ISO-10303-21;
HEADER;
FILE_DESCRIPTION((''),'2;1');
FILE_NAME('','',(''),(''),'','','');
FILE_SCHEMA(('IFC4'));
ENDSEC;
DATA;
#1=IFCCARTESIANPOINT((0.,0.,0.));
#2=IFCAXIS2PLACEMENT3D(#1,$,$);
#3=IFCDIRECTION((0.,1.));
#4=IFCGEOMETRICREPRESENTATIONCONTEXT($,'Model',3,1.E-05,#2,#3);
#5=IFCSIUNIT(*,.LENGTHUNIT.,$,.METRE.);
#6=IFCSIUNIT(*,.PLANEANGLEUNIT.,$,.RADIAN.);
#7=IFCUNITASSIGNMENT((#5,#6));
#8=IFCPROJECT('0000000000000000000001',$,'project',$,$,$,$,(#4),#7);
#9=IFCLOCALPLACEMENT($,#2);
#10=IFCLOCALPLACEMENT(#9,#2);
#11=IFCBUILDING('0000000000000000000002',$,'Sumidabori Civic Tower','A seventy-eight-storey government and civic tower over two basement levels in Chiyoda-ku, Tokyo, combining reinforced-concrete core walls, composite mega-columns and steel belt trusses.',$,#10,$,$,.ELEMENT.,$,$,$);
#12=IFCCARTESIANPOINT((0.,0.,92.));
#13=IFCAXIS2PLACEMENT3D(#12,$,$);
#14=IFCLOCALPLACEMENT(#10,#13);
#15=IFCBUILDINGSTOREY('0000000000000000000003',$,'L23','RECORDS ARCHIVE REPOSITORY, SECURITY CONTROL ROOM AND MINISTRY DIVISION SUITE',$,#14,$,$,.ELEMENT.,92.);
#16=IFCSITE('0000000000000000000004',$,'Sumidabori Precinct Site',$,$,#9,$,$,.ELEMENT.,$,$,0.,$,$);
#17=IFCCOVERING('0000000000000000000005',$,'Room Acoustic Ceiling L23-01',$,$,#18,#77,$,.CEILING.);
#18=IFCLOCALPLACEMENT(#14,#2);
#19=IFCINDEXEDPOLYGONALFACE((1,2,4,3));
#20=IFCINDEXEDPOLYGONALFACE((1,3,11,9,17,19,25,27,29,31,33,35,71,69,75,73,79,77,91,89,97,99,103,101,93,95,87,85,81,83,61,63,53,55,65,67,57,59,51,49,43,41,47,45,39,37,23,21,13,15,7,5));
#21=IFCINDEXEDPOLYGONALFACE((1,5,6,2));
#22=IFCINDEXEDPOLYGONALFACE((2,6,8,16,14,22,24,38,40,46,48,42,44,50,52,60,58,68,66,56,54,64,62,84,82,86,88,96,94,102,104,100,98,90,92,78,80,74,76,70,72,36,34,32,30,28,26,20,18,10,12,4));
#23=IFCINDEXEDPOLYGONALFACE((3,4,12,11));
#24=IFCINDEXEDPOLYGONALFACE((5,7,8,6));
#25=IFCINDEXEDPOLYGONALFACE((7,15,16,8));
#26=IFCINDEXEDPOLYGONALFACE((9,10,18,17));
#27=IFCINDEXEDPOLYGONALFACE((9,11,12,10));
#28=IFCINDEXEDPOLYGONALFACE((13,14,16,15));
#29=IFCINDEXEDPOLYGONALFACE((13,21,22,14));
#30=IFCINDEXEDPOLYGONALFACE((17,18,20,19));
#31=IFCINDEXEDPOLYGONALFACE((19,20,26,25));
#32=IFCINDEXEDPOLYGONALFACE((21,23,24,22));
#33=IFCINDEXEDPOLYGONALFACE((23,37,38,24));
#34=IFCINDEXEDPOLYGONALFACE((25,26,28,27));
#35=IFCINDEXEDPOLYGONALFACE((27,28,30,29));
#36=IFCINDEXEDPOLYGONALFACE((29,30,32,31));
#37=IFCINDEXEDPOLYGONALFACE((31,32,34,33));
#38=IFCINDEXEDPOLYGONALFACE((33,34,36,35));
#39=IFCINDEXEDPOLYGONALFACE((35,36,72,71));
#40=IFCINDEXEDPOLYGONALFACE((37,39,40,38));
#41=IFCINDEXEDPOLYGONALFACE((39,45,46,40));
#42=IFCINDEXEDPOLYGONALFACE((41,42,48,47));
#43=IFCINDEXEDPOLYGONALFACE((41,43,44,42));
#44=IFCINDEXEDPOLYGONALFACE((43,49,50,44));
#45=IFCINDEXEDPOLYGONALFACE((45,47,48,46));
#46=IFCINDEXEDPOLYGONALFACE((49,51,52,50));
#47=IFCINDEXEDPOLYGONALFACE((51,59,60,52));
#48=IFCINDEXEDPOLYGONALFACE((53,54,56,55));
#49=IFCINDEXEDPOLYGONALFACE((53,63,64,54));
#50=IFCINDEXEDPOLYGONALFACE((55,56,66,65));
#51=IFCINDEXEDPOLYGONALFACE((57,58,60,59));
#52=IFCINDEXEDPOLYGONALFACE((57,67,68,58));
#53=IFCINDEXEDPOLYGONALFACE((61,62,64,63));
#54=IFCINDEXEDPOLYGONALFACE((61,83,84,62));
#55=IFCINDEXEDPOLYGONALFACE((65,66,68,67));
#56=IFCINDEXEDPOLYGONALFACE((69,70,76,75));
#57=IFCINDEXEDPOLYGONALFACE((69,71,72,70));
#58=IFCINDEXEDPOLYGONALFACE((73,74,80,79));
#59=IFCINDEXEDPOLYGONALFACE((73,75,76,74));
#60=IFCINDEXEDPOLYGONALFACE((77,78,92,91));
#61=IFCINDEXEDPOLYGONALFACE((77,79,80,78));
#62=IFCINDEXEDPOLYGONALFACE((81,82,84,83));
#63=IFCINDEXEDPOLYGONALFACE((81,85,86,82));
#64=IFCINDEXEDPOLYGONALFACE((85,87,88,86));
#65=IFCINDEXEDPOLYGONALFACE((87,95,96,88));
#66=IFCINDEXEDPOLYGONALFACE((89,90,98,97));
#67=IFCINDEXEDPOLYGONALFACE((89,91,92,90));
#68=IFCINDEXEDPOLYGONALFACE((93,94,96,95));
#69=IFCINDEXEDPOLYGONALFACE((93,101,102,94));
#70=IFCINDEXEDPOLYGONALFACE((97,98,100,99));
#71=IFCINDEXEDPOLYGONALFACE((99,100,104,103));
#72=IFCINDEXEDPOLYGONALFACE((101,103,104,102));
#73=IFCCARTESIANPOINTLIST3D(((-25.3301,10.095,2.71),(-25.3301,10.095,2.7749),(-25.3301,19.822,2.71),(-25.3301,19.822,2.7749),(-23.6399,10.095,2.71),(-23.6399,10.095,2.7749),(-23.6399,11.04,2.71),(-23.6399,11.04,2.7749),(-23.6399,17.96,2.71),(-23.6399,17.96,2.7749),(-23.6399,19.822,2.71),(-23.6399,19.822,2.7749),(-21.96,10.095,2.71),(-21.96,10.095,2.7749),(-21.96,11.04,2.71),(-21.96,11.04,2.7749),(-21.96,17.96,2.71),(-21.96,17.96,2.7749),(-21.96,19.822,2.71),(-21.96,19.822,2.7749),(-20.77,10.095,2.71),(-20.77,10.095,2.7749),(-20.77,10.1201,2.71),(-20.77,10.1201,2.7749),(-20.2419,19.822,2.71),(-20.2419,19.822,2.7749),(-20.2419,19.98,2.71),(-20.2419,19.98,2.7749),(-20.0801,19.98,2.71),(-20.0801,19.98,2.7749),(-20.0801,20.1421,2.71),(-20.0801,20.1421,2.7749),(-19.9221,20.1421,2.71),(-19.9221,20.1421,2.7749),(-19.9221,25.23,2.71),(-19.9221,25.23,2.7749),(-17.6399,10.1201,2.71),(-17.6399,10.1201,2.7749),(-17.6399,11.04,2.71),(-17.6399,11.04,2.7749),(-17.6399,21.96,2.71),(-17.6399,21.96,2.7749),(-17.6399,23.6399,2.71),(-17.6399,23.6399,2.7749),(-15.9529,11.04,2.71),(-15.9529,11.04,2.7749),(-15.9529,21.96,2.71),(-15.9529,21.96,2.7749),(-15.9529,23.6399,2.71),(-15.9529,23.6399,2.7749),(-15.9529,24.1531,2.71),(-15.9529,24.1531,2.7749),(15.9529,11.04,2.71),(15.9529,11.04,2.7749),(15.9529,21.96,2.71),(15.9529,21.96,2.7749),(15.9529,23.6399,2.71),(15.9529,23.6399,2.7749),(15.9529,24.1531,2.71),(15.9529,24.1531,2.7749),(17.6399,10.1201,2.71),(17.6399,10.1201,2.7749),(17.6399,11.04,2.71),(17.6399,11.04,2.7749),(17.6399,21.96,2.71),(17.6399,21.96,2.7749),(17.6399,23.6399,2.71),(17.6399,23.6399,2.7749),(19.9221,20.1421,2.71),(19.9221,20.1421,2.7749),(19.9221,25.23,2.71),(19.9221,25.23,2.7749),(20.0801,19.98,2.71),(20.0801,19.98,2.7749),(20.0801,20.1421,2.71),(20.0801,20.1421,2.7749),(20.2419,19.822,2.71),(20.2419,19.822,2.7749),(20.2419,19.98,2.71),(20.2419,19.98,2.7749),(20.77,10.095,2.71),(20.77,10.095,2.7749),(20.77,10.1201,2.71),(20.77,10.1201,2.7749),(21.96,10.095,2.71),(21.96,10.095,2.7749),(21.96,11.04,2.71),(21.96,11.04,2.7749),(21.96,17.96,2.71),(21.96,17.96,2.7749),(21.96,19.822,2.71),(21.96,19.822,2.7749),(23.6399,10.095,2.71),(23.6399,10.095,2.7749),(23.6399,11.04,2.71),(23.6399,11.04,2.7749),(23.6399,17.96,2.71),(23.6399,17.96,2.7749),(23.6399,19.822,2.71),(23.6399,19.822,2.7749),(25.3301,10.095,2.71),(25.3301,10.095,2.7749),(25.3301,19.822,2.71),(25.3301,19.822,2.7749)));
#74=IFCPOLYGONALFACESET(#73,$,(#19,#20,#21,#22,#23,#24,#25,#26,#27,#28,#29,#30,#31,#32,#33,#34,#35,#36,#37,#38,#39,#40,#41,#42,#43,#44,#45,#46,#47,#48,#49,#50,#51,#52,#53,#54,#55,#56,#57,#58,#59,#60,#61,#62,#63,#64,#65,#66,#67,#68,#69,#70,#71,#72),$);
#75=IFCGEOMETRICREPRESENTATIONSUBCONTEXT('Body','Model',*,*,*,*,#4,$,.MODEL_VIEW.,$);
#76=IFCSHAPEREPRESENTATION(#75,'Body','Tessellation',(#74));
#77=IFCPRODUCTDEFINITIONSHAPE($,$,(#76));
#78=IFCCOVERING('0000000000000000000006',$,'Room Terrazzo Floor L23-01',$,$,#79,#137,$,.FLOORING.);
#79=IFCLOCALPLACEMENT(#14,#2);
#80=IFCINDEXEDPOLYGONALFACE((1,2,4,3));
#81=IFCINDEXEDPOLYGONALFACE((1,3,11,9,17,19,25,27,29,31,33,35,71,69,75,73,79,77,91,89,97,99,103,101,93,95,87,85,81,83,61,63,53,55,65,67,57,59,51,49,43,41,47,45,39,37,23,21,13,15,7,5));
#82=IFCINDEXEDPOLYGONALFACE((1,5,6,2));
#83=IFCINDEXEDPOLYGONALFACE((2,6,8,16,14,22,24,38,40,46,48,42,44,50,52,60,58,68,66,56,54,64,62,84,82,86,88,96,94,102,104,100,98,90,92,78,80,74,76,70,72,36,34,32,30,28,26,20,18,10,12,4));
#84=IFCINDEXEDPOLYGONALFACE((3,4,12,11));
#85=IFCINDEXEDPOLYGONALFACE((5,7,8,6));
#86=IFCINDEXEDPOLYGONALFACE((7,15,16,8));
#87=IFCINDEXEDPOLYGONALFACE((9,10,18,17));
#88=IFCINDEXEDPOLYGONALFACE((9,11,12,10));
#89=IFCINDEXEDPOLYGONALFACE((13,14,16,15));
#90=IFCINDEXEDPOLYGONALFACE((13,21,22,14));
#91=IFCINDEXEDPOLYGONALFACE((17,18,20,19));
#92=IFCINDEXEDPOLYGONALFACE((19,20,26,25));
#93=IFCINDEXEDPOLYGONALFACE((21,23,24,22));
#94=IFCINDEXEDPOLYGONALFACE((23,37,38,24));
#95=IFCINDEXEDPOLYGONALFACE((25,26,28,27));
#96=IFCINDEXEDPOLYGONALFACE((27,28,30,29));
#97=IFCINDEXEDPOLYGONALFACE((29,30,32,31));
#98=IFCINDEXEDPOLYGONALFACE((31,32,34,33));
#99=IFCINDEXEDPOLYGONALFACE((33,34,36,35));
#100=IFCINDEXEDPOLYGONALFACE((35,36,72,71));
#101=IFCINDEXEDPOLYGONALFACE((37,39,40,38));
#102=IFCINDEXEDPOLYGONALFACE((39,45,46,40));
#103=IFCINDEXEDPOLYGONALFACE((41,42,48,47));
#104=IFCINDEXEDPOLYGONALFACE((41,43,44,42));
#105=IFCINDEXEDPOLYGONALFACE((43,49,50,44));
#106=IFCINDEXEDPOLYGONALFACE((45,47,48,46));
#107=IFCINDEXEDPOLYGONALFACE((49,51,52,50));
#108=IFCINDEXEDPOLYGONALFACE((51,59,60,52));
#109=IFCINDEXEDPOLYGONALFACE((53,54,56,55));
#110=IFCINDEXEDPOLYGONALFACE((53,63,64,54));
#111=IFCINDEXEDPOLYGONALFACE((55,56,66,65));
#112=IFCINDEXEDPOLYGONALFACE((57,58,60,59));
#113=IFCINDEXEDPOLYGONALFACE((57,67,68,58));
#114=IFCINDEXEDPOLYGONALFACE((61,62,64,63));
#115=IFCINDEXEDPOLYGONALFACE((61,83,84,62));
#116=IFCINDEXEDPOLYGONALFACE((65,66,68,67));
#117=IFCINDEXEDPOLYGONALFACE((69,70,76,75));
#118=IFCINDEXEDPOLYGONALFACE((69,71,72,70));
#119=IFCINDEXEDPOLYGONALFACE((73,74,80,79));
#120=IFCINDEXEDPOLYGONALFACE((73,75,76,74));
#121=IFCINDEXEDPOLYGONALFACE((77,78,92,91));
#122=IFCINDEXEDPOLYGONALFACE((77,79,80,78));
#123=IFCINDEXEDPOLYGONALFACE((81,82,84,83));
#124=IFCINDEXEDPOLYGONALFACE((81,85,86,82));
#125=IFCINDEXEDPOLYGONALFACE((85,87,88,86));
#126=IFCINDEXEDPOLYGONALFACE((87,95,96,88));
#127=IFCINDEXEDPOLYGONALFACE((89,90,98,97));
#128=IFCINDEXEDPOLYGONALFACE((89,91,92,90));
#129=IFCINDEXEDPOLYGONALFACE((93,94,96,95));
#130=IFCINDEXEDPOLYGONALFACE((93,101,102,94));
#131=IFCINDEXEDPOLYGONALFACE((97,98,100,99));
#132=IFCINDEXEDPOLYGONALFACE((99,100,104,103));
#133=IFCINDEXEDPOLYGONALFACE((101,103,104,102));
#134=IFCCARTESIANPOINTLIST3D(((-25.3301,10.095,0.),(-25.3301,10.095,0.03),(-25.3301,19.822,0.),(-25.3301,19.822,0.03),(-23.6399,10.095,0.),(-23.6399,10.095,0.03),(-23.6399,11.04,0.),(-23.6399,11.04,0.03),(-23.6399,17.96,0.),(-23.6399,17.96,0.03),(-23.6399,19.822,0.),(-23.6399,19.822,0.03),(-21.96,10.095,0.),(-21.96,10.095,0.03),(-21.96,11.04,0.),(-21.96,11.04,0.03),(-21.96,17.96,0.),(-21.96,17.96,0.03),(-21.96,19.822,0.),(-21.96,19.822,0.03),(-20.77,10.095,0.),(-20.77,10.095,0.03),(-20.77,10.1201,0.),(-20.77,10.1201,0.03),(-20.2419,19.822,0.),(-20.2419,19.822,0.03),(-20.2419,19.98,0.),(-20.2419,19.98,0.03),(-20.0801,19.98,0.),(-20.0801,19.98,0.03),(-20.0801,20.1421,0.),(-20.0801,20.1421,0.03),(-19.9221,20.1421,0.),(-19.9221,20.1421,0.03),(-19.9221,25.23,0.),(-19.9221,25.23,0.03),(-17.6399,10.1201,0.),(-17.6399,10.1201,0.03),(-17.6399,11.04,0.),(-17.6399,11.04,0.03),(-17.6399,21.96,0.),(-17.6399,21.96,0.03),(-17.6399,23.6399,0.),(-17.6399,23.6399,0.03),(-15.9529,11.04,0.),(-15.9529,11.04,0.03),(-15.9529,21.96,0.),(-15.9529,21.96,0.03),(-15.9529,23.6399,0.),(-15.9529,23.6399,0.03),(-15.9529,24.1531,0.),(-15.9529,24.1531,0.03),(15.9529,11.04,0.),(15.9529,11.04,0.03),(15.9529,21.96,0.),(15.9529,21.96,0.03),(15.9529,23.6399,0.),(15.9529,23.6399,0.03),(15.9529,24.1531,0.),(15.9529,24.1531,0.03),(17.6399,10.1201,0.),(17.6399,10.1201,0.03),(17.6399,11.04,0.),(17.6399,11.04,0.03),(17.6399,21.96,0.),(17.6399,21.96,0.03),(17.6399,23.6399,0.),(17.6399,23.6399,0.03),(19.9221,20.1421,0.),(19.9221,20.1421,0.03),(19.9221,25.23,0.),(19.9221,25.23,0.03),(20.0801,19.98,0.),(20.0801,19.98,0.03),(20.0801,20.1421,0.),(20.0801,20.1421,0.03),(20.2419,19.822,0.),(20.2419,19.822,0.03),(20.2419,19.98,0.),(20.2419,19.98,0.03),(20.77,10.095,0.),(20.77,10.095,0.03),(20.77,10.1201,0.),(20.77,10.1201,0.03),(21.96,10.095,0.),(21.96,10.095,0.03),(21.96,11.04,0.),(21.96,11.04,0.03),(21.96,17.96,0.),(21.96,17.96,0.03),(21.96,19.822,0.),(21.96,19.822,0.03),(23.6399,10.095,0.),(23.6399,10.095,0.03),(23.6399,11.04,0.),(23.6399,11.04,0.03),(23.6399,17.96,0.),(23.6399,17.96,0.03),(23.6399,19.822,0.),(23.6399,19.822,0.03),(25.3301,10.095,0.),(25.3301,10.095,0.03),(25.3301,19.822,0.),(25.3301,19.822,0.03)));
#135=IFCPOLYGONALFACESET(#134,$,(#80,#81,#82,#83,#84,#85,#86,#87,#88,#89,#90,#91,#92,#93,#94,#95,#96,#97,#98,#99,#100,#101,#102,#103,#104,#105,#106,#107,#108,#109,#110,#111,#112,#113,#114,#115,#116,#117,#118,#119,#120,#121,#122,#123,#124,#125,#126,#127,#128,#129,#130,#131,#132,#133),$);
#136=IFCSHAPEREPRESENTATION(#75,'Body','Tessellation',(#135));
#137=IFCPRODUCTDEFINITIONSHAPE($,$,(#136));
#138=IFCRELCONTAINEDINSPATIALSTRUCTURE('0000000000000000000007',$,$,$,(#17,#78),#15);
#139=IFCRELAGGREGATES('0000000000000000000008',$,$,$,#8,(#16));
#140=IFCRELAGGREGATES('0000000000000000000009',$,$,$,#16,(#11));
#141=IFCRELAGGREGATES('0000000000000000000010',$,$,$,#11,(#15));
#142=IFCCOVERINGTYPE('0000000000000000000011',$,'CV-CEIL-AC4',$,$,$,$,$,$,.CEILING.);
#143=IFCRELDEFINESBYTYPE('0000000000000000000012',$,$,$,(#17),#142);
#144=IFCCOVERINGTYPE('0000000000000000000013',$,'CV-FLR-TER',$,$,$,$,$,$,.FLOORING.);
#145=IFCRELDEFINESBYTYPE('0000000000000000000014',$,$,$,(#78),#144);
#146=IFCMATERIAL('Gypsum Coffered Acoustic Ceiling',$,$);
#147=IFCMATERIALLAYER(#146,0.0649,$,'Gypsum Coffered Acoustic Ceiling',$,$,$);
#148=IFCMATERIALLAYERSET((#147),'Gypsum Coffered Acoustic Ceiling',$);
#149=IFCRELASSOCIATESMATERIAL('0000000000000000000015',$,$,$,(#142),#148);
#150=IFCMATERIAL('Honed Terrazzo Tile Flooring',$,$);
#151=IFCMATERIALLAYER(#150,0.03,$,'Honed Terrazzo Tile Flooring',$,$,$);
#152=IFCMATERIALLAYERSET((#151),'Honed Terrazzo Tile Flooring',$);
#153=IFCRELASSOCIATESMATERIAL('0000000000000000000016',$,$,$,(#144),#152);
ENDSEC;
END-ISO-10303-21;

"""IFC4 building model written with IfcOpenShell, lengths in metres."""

from ifc_helpers import new_model, si_unit, direction, frame, origin, place, context, subcontext, project, spatial, polyline, outline, extrude, material, layer, layer_set, type_object, element, save


model = new_model("IFC4")

# Units and contexts
model_context = context("Model", 3, precision=1e-05, world=origin(), true_north=direction((0.0, 1.0)))
body_context = subcontext(model_context, "Body", "Model", "MODEL_VIEW")
ifc_project = project(units=[si_unit("LENGTHUNIT", "METRE"), si_unit("PLANEANGLEUNIT", "RADIAN")], contexts=[model_context])

# Site, building, storey
site_placement = place(None, origin())
site = spatial("IfcSite", under=ifc_project, at=site_placement, Name="Sumidabori Precinct Site", CompositionType="ELEMENT", RefElevation=0.0)
building_placement = place(site_placement, origin())
building = spatial("IfcBuilding", under=site, at=building_placement, Name="Sumidabori Civic Tower", Description="A seventy-eight-storey government and civic tower over two basement levels in Chiyoda-ku, Tokyo, combining reinforced-concrete core walls, composite mega-columns and steel belt trusses.", CompositionType="ELEMENT")
storey_placement = place(building_placement, frame((0.0, 0.0, 92.0)))
storey = spatial("IfcBuildingStorey", under=building, at=storey_placement, Name="L23", Description="RECORDS ARCHIVE REPOSITORY, SECURITY CONTROL ROOM AND MINISTRY DIVISION SUITE", CompositionType="ELEMENT", Elevation=92.0)

# Coverings
ifc_material_1 = material(Name="Gypsum Coffered Acoustic Ceiling")
ifc_layer_1 = layer(ifc_material_1, 0.0649, Name="Gypsum Coffered Acoustic Ceiling")
ifc_layer_set_1 = layer_set([ifc_layer_1], Name="Gypsum Coffered Acoustic Ceiling")
covering_type_1 = type_object("IfcCoveringType", Name="CV-CEIL-AC4", PredefinedType="CEILING", material=ifc_layer_set_1)
covering_1_placement = place(storey_placement, frame((0.0, 0.0, 2.71)))
element("IfcCovering", 1, at=covering_1_placement, inside=storey, type_object=covering_type_1, Name="Room Acoustic Ceiling L23-01", PredefinedType="CEILING", context=body_context, shape_type="SweptSolid", body=[
    extrude(outline(polyline([(-25.3301, 10.095), (-25.3301, 19.822), (-23.6399, 19.822), (-23.6399, 17.96), (-21.96, 17.96), (-21.96, 19.822), (-20.2419, 19.822), (-20.2419, 19.98), (-20.0801, 19.98), (-20.0801, 20.1421), (-19.9221, 20.1421), (-19.9221, 25.23), (19.9221, 25.23), (19.9221, 20.1421), (20.0801, 20.1421), (20.0801, 19.98), (20.2419, 19.98), (20.2419, 19.822), (21.96, 19.822), (21.96, 17.96), (23.6399, 17.96), (23.6399, 19.822), (25.3301, 19.822), (25.3301, 10.095), (23.6399, 10.095), (23.6399, 11.04), (21.96, 11.04), (21.96, 10.095), (20.77, 10.095), (20.77, 10.1201), (17.6399, 10.1201), (17.6399, 11.04), (15.9529, 11.04), (15.9529, 21.96), (17.6399, 21.96), (17.6399, 23.6399), (15.9529, 23.6399), (15.9529, 24.1531), (-15.9529, 24.1531), (-15.9529, 23.6399), (-17.6399, 23.6399), (-17.6399, 21.96), (-15.9529, 21.96), (-15.9529, 11.04), (-17.6399, 11.04), (-17.6399, 10.1201), (-20.77, 10.1201), (-20.77, 10.095), (-21.96, 10.095), (-21.96, 11.04), (-23.6399, 11.04), (-23.6399, 10.095), (-25.3301, 10.095)])), origin(), (0.0, 0.0, 1.0), 0.0649),
])
ifc_material_2 = material(Name="Honed Terrazzo Tile Flooring")
ifc_layer_2 = layer(ifc_material_2, 0.03, Name="Honed Terrazzo Tile Flooring")
ifc_layer_set_2 = layer_set([ifc_layer_2], Name="Honed Terrazzo Tile Flooring")
covering_type_2 = type_object("IfcCoveringType", Name="CV-FLR-TER", PredefinedType="FLOORING", material=ifc_layer_set_2)
covering_2_placement = place(storey_placement, origin())
element("IfcCovering", 2, at=covering_2_placement, inside=storey, type_object=covering_type_2, Name="Room Terrazzo Floor L23-01", PredefinedType="FLOORING", context=body_context, shape_type="SweptSolid", body=[
    extrude(outline(polyline([(-25.3301, 10.095), (-25.3301, 19.822), (-23.6399, 19.822), (-23.6399, 17.96), (-21.96, 17.96), (-21.96, 19.822), (-20.2419, 19.822), (-20.2419, 19.98), (-20.0801, 19.98), (-20.0801, 20.1421), (-19.9221, 20.1421), (-19.9221, 25.23), (19.9221, 25.23), (19.9221, 20.1421), (20.0801, 20.1421), (20.0801, 19.98), (20.2419, 19.98), (20.2419, 19.822), (21.96, 19.822), (21.96, 17.96), (23.6399, 17.96), (23.6399, 19.822), (25.3301, 19.822), (25.3301, 10.095), (23.6399, 10.095), (23.6399, 11.04), (21.96, 11.04), (21.96, 10.095), (20.77, 10.095), (20.77, 10.1201), (17.6399, 10.1201), (17.6399, 11.04), (15.9529, 11.04), (15.9529, 21.96), (17.6399, 21.96), (17.6399, 23.6399), (15.9529, 23.6399), (15.9529, 24.1531), (-15.9529, 24.1531), (-15.9529, 23.6399), (-17.6399, 23.6399), (-17.6399, 21.96), (-15.9529, 21.96), (-15.9529, 11.04), (-17.6399, 11.04), (-17.6399, 10.1201), (-20.77, 10.1201), (-20.77, 10.095), (-21.96, 10.095), (-21.96, 11.04), (-23.6399, 11.04), (-23.6399, 10.095), (-25.3301, 10.095)])), origin(), (0.0, 0.0, 1.0), 0.03),
])

save(model, "model.ifc")
